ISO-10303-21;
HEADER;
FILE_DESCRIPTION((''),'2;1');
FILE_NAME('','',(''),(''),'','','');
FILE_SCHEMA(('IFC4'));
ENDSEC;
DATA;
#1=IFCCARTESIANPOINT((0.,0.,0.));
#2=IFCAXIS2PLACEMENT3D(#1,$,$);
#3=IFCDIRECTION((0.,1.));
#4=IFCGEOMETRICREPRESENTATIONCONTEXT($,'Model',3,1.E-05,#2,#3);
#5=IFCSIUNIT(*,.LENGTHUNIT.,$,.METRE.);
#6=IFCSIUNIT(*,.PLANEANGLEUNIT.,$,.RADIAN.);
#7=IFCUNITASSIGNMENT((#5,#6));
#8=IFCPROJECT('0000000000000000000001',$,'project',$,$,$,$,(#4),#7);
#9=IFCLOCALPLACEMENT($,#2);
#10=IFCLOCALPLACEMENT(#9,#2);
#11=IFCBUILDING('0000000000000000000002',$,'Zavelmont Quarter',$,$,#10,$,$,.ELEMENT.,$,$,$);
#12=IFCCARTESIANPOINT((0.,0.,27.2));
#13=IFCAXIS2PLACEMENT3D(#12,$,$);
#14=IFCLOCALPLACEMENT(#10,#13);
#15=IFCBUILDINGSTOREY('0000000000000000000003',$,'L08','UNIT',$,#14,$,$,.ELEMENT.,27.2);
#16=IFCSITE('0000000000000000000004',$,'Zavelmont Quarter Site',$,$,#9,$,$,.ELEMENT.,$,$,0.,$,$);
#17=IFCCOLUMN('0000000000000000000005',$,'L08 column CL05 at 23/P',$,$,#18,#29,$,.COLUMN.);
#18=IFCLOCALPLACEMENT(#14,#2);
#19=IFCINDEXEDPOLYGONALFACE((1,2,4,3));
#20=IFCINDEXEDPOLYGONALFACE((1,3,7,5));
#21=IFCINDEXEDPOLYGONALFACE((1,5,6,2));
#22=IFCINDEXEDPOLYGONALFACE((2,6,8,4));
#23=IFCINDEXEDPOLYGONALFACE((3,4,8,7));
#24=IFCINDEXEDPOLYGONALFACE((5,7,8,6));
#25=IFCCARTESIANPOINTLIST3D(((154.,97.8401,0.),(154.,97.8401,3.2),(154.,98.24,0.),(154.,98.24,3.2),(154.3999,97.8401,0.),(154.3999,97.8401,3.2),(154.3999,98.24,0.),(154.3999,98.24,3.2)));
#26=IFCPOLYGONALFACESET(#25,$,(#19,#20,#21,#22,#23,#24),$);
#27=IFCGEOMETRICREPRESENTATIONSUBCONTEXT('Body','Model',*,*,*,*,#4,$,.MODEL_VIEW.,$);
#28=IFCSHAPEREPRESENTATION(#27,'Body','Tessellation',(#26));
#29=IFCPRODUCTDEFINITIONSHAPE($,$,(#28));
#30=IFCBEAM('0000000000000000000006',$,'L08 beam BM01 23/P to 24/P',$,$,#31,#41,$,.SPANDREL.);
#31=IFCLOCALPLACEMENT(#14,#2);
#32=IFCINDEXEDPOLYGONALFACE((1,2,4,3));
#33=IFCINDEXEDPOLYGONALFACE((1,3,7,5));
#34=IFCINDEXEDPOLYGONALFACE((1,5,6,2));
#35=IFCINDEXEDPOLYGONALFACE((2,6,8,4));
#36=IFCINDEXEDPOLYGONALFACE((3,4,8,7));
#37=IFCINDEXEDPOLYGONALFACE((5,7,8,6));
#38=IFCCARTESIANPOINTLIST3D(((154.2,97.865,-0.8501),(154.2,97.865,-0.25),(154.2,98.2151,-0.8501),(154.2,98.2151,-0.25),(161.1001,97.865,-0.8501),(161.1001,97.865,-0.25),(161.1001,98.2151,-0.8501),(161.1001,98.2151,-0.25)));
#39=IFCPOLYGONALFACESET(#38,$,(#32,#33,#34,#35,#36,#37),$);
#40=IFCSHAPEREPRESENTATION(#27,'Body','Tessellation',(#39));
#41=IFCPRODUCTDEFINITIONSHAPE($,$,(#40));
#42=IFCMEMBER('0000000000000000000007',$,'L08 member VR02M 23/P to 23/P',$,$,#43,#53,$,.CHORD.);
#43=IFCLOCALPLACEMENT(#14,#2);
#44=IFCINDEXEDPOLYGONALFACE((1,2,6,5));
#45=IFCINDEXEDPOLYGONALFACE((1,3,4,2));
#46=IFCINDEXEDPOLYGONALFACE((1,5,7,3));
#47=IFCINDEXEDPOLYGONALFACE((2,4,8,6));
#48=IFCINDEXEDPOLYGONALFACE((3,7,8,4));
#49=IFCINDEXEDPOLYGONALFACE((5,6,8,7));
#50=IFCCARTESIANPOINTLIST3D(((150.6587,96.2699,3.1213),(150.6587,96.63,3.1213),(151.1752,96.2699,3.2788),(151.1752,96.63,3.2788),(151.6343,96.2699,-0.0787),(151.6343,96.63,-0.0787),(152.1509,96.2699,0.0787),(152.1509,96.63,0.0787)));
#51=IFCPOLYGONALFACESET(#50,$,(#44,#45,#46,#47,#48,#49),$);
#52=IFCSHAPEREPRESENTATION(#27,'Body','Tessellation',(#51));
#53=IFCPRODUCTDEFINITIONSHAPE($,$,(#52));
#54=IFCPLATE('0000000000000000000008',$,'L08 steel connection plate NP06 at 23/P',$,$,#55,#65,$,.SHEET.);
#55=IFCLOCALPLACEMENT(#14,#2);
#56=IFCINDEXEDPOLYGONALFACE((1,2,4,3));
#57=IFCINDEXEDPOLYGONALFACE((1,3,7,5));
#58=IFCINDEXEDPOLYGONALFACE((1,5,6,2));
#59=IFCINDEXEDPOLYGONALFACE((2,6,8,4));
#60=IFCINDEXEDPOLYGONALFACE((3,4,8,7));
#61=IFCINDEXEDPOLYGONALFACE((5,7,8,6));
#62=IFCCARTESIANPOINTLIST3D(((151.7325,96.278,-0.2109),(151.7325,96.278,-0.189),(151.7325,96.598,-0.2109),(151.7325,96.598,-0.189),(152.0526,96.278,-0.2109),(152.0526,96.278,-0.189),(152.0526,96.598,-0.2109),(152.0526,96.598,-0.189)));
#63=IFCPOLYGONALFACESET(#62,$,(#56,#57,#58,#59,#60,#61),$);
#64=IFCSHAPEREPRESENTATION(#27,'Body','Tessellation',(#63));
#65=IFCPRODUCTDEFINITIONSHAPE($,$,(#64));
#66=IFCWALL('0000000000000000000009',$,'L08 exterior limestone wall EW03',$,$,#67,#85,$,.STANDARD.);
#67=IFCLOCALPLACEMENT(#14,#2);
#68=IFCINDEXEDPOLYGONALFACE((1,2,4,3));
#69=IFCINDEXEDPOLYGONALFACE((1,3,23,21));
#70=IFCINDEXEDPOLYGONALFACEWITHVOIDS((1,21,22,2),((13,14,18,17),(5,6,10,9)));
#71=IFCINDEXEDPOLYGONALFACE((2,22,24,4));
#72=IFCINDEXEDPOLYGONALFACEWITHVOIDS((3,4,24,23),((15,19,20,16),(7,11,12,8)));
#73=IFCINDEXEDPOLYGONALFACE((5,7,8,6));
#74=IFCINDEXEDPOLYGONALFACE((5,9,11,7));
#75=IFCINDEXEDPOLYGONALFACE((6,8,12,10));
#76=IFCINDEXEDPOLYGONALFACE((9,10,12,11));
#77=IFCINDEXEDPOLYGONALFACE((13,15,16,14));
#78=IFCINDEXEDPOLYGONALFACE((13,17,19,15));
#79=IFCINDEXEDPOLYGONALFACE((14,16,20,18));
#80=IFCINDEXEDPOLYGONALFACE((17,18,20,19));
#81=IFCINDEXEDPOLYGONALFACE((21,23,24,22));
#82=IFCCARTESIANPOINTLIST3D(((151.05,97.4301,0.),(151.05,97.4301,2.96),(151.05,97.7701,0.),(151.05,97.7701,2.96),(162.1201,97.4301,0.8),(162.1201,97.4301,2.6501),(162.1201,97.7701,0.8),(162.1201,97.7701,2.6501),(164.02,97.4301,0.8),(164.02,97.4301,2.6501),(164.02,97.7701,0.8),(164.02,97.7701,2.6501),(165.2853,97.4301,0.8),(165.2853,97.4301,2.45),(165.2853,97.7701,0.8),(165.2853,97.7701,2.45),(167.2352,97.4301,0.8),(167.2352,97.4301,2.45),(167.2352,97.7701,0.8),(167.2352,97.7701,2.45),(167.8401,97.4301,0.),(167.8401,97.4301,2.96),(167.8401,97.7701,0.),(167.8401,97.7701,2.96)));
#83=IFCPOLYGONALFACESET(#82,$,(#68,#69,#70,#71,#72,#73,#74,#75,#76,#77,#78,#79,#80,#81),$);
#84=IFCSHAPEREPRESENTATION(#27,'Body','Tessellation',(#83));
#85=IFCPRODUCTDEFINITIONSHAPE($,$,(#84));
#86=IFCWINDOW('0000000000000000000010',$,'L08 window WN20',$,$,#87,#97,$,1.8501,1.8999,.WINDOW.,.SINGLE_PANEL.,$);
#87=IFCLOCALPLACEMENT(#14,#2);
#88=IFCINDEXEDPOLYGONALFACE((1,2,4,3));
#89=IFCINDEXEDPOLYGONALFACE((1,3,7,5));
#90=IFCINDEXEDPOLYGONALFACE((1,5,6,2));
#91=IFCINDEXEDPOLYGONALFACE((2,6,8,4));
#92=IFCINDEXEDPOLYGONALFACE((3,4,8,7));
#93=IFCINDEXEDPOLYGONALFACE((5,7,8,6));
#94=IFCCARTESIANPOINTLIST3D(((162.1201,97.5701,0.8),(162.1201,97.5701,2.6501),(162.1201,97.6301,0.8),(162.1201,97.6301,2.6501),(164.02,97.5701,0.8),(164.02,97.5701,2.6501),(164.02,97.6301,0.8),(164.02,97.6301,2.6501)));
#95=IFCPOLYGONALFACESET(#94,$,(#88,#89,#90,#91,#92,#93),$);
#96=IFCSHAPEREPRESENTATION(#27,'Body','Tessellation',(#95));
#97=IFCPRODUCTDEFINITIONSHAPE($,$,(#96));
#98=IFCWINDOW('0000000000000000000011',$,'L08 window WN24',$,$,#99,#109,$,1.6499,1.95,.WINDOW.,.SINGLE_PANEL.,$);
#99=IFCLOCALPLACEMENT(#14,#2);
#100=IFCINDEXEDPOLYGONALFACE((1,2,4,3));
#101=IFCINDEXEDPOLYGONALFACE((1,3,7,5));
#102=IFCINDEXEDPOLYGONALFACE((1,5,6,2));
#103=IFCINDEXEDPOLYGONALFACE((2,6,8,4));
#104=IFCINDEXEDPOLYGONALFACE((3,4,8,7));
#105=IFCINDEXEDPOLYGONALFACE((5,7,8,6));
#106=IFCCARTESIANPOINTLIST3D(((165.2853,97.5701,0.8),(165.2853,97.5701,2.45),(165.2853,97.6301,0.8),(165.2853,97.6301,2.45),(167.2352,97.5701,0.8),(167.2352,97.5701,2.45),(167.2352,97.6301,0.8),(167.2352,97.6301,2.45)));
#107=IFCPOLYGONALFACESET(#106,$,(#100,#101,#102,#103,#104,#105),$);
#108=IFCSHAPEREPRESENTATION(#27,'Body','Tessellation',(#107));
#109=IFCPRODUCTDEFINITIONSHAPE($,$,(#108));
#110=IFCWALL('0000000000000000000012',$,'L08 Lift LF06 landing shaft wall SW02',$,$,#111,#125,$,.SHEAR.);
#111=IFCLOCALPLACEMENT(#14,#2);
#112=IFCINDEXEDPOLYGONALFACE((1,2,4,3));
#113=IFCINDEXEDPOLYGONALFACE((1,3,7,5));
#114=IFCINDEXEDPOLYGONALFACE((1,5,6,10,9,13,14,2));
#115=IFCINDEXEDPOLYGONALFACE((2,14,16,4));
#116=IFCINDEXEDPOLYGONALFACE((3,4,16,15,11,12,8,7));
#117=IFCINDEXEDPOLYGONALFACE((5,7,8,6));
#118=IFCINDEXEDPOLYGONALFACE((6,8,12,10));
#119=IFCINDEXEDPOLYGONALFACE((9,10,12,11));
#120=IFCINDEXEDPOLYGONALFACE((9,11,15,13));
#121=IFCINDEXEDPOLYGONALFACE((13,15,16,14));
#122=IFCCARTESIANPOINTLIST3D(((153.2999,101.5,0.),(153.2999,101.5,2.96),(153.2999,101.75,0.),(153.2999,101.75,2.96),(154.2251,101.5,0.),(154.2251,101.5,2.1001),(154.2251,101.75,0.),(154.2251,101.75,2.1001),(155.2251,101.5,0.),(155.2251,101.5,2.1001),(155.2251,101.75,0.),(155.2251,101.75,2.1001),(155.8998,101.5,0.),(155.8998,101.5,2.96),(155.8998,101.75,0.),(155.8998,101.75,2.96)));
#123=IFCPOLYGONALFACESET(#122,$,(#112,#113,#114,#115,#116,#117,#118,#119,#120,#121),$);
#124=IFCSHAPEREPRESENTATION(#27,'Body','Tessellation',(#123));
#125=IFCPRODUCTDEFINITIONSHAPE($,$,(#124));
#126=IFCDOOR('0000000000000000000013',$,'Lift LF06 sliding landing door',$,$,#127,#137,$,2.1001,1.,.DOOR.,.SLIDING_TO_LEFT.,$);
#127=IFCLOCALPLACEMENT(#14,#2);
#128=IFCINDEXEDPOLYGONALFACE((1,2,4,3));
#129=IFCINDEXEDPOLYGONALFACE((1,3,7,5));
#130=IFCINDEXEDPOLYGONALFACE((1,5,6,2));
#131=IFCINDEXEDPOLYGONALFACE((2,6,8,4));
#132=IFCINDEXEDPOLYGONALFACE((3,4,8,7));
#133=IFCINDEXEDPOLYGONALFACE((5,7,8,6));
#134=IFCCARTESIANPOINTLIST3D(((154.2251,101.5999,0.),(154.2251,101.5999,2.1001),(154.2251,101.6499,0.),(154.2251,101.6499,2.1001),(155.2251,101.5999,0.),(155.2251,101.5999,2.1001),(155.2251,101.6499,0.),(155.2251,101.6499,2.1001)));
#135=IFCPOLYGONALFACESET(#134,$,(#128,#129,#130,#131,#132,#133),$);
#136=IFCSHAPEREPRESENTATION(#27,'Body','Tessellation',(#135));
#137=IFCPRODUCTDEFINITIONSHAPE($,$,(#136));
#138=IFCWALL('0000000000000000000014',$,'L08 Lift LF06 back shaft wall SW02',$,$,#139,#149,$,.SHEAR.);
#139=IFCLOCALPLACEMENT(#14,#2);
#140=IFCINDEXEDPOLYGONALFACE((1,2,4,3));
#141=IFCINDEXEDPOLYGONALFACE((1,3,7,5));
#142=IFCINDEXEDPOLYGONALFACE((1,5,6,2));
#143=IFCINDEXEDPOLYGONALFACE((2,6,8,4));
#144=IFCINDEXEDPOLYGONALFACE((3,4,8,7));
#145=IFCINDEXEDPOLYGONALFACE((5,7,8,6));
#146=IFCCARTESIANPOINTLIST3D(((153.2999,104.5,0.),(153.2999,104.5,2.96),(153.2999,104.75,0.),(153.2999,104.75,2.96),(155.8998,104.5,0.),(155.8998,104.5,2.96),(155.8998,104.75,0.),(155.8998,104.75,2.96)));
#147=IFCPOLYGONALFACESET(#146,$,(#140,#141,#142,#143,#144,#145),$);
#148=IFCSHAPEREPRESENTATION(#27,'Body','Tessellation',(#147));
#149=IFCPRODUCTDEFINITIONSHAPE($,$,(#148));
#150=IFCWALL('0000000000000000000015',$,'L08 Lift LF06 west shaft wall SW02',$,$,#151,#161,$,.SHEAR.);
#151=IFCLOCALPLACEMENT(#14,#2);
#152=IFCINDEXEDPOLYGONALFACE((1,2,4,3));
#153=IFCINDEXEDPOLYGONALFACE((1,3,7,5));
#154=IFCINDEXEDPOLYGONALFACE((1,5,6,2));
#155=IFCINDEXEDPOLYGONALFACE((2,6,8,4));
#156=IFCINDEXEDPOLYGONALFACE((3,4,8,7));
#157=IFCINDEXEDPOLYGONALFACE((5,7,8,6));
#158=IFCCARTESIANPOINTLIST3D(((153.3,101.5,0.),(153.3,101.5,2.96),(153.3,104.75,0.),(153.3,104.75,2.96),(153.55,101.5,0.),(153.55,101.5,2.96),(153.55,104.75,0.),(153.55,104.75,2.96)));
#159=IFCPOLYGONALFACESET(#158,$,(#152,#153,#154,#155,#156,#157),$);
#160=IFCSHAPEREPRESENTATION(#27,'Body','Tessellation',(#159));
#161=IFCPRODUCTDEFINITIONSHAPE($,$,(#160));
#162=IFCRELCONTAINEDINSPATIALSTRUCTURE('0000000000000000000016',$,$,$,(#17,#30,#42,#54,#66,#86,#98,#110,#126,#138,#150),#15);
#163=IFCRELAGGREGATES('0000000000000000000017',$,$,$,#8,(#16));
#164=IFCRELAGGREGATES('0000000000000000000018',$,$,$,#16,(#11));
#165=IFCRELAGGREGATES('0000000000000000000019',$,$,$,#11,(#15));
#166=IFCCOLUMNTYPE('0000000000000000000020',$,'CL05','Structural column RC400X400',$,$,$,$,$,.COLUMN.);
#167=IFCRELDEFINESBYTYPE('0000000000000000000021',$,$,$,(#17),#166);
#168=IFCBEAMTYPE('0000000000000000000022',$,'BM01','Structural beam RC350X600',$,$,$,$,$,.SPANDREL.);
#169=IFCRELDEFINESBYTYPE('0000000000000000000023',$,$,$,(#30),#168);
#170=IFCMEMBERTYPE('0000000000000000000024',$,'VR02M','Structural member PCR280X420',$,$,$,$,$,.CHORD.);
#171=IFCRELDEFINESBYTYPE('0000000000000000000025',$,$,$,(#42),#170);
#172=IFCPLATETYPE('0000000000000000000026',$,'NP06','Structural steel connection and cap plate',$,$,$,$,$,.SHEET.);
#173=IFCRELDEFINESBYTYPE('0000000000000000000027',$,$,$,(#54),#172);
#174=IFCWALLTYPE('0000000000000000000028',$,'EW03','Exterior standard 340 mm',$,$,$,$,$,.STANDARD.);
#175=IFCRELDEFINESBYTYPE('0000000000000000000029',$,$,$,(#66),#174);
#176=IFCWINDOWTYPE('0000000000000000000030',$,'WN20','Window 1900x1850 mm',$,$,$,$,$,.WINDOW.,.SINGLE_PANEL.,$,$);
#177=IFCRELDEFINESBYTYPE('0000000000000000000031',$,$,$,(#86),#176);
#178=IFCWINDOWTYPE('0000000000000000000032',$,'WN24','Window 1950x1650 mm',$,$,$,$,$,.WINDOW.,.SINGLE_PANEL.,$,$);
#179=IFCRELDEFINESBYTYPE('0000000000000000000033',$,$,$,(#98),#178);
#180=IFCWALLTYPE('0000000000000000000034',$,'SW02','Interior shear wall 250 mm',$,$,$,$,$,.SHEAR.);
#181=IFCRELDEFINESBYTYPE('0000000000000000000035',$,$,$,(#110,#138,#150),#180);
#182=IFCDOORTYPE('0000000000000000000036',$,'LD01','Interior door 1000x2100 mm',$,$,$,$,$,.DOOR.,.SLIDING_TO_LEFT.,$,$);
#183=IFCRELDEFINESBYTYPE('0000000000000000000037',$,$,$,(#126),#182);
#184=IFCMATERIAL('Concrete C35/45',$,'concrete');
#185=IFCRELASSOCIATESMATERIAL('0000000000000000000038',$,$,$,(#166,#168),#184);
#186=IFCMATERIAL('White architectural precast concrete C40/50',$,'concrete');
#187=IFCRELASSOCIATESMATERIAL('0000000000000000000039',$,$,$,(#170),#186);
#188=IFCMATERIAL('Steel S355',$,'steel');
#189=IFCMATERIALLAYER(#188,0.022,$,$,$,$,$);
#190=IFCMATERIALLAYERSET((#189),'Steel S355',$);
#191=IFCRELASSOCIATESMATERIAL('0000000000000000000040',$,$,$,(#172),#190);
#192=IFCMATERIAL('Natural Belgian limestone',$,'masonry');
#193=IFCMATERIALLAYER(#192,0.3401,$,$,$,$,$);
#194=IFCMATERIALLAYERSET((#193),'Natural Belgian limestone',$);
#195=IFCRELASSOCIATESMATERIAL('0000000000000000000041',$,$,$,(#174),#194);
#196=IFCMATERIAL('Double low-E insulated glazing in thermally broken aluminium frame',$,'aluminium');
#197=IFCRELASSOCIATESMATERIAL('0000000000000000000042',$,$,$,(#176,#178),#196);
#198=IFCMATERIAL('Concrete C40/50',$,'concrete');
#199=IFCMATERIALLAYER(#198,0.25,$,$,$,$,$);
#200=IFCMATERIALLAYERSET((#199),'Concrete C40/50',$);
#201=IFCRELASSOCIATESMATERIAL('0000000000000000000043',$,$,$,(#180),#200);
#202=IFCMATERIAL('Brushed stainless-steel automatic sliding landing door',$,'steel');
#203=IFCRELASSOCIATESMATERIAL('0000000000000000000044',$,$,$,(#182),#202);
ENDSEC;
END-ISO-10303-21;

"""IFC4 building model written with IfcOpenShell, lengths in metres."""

from ifc_helpers import new_model, si_unit, direction, frame, frame_2d, origin, origin_with_axes, origin_2d, place, context, subcontext, project, spatial, rectangle, extrude, material, layer, layer_set, material_profile, profile_set, type_object, element, fill, save


model = new_model("IFC4")

# Units and contexts
model_context = context("Model", 3, precision=1e-05, world=origin(), true_north=direction((0.0, 1.0)))
body_context = subcontext(model_context, "Body", "Model", "MODEL_VIEW")
ifc_project = project(units=[si_unit("LENGTHUNIT", "METRE"), si_unit("PLANEANGLEUNIT", "RADIAN")], contexts=[model_context])

# Site, building, storey
site_placement = place(None, origin())
site = spatial("IfcSite", under=ifc_project, at=site_placement, Name="Zavelmont Quarter Site", CompositionType="ELEMENT", RefElevation=0.0)
building_placement = place(site_placement, origin())
building = spatial("IfcBuilding", under=site, at=building_placement, Name="Zavelmont Quarter", CompositionType="ELEMENT")
storey_placement = place(building_placement, frame((0.0, 0.0, 27.2)))
storey = spatial("IfcBuildingStorey", under=building, at=storey_placement, Name="L08", Description="UNIT", CompositionType="ELEMENT", Elevation=27.2)

# Column
ifc_material_1 = material(Name="Concrete C35/45", Category="concrete")
ifc_material_profile_1 = material_profile(ifc_material_1, rectangle(XDim=0.3999, YDim=0.3999, at=origin_2d()), Name="RC400X400")
ifc_profile_set_1 = profile_set([ifc_material_profile_1], Name="Concrete C35/45")
column_type = type_object("IfcColumnType", Name="CL05", Description="Structural column RC400X400", PredefinedType="COLUMN", material=ifc_profile_set_1)
column_placement = place(storey_placement, frame((154.2, 98.04, 0.0), z_axis=(0.0, 0.0, 1.0), x_axis=(1.0, 0.0, 0.0)))
element("IfcColumn", 1, at=column_placement, inside=storey, type_object=column_type, Name="L08 column CL05 at 23/P", PredefinedType="COLUMN", context=body_context, shape_type="SweptSolid", body=[
    extrude(rectangle(XDim=0.3999, YDim=0.3999, at=origin_2d()), origin(), (0.0, 0.0, 1.0), 3.2),
])

# Beam
ifc_material_profile_2 = material_profile(ifc_material_1, rectangle(XDim=0.3501, YDim=0.6001, at=origin_2d()), Name="RC350X600")
ifc_profile_set_2 = profile_set([ifc_material_profile_2], Name="Concrete C35/45")
beam_type = type_object("IfcBeamType", Name="BM01", Description="Structural beam RC350X600", PredefinedType="SPANDREL", material=ifc_profile_set_2)
beam_placement = place(storey_placement, frame((154.2, 98.04, -0.55), z_axis=(1.0, 0.0, 0.0), x_axis=(0.0, 1.0, 0.0)))
element("IfcBeam", 2, at=beam_placement, inside=storey, type_object=beam_type, Name="L08 beam BM01 23/P to 24/P", PredefinedType="SPANDREL", context=body_context, shape_type="SweptSolid", body=[
    extrude(rectangle(XDim=0.3501, YDim=0.6001, at=origin_2d()), origin(), (0.0, 0.0, 1.0), 6.9001),
])

# Member
ifc_material_2 = material(Name="White architectural precast concrete C40/50", Category="concrete")
ifc_material_profile_3 = material_profile(ifc_material_2, rectangle(XDim=0.3601, YDim=0.54, at=origin_2d()), Name="PCR280X420")
ifc_profile_set_3 = profile_set([ifc_material_profile_3], Name="White architectural precast concrete C40/50")
member_type = type_object("IfcMemberType", Name="VR02M", Description="Structural member PCR280X420", PredefinedType="CHORD", material=ifc_profile_set_3)
member_placement = place(storey_placement, frame((151.8926, 96.45, 0.0), z_axis=(-0.291623, 0.0, 0.956533), x_axis=(0.0, -1.0, 0.0)))
element("IfcMember", 3, at=member_placement, inside=storey, type_object=member_type, Name="L08 member VR02M 23/P to 23/P", PredefinedType="CHORD", context=body_context, shape_type="SweptSolid", body=[
    extrude(rectangle(XDim=0.3601, YDim=0.54, at=origin_2d()), origin(), (0.0, 0.0, 1.0), 3.3455),
])

# Plate
ifc_material_3 = material(Name="Steel S355", Category="steel")
ifc_layer_1 = layer(ifc_material_3, 0.022)
ifc_layer_set_1 = layer_set([ifc_layer_1], Name="Steel S355")
plate_type = type_object("IfcPlateType", Name="NP06", Description="Structural steel connection and cap plate", PredefinedType="SHEET", material=ifc_layer_set_1)
plate_placement = place(storey_placement, frame((151.8926, 96.438, -0.2109), z_axis=(0.0, 0.0, 1.0), x_axis=(1.0, 0.0, 0.0)))
element("IfcPlate", 4, at=plate_placement, inside=storey, type_object=plate_type, Name="L08 steel connection plate NP06 at 23/P", PredefinedType="SHEET", context=body_context, shape_type="SweptSolid", body=[
    extrude(rectangle(XDim=0.3201, YDim=0.3201, at=origin_2d()), origin(), (0.0, 0.0, 1.0), 0.022),
])

# Wall, openings, windows
ifc_material_4 = material(Name="Natural Belgian limestone", Category="masonry")
ifc_layer_2 = layer(ifc_material_4, 0.3401)
ifc_layer_set_2 = layer_set([ifc_layer_2], Name="Natural Belgian limestone")
wall_type_1 = type_object("IfcWallType", Name="EW03", Description="Exterior standard 340 mm", PredefinedType="STANDARD", material=ifc_layer_set_2)
wall_1_placement = place(storey_placement, frame((151.05, 97.6001, 0.0), z_axis=(0.0, 0.0, 1.0), x_axis=(1.0, 0.0, 0.0)))
wall_1 = element("IfcWall", 5, at=wall_1_placement, inside=storey, type_object=wall_type_1, Name="L08 exterior limestone wall EW03", PredefinedType="STANDARD", context=body_context, shape_type="SweptSolid", body=[
    extrude(rectangle(XDim=16.79, YDim=0.3401, at=frame_2d((8.395, 0.0))), origin(), (0.0, 0.0, 1.0), 2.96),
])
opening_1_placement = place(wall_1_placement, frame((11.0701, 0.0, 0.8)))
opening_1 = element("IfcOpeningElement", 6, at=opening_1_placement, cuts=wall_1, PredefinedType="OPENING", context=body_context, shape_type="SweptSolid", body=[
    extrude(rectangle(XDim=1.8999, YDim=1.8501, at=frame_2d((0.95, 0.925))), frame((0.0, 0.1821, 0.0), z_axis=(0.0, -1.0, 0.0), x_axis=(1.0, 0.0, 0.0)), (0.0, 0.0, 1.0), 0.364),
])
opening_2_placement = place(wall_1_placement, frame((14.2351, 0.0, 0.8)))
opening_2 = element("IfcOpeningElement", 7, at=opening_2_placement, cuts=wall_1, PredefinedType="OPENING", context=body_context, shape_type="SweptSolid", body=[
    extrude(rectangle(XDim=1.95, YDim=1.6499, at=frame_2d((0.9751, 0.825))), frame((0.0, 0.1821, 0.0), z_axis=(0.0, -1.0, 0.0), x_axis=(1.0, 0.0, 0.0)), (0.0, 0.0, 1.0), 0.364),
])
ifc_material_5 = material(Name="Double low-E insulated glazing in thermally broken aluminium frame", Category="aluminium")
window_type_1 = type_object("IfcWindowType", Name="WN20", Description="Window 1900x1850 mm", PartitioningType="SINGLE_PANEL", PredefinedType="WINDOW", material=ifc_material_5)
window_1_placement = place(opening_1_placement, origin_with_axes())
window_1 = element("IfcWindow", 8, at=window_1_placement, inside=storey, type_object=window_type_1, Name="L08 window WN20", OverallHeight=1.8501, OverallWidth=1.8999, PartitioningType="SINGLE_PANEL", PredefinedType="WINDOW", context=body_context, shape_type="SweptSolid", body=[
    extrude(rectangle(XDim=1.8999, YDim=1.8501, at=frame_2d((0.95, 0.925))), frame((0.0, 0.03, 0.0), z_axis=(0.0, -1.0, 0.0), x_axis=(1.0, 0.0, 0.0)), (0.0, 0.0, 1.0), 0.0601),
])
fill(opening_1, window_1)
window_type_2 = type_object("IfcWindowType", Name="WN24", Description="Window 1950x1650 mm", PartitioningType="SINGLE_PANEL", PredefinedType="WINDOW", material=ifc_material_5)
window_2_placement = place(opening_2_placement, origin_with_axes())
window_2 = element("IfcWindow", 9, at=window_2_placement, inside=storey, type_object=window_type_2, Name="L08 window WN24", OverallHeight=1.6499, OverallWidth=1.95, PartitioningType="SINGLE_PANEL", PredefinedType="WINDOW", context=body_context, shape_type="SweptSolid", body=[
    extrude(rectangle(XDim=1.95, YDim=1.6499, at=frame_2d((0.9751, 0.825))), frame((0.0, 0.03, 0.0), z_axis=(0.0, -1.0, 0.0), x_axis=(1.0, 0.0, 0.0)), (0.0, 0.0, 1.0), 0.0601),
])
fill(opening_2, window_2)

# Wall, opening, door
ifc_material_6 = material(Name="Concrete C40/50", Category="concrete")
ifc_layer_3 = layer(ifc_material_6, 0.25)
ifc_layer_set_3 = layer_set([ifc_layer_3], Name="Concrete C40/50")
wall_type_2 = type_object("IfcWallType", Name="SW02", Description="Interior shear wall 250 mm", PredefinedType="SHEAR", material=ifc_layer_set_3)
wall_2_placement = place(storey_placement, frame((153.3, 101.625, 0.0), z_axis=(0.0, 0.0, 1.0), x_axis=(1.0, 0.0, 0.0)))
wall_2 = element("IfcWall", 10, at=wall_2_placement, inside=storey, type_object=wall_type_2, Name="L08 Lift LF06 landing shaft wall SW02", PredefinedType="SHEAR", context=body_context, shape_type="SweptSolid", body=[
    extrude(rectangle(XDim=2.5999, YDim=0.25, at=frame_2d((1.2998, 0.0))), origin(), (0.0, 0.0, 1.0), 2.96),
])
opening_3_placement = place(wall_2_placement, frame((0.925, 0.0, 0.0)))
opening_3 = element("IfcOpeningElement", 11, at=opening_3_placement, cuts=wall_2, PredefinedType="OPENING", context=body_context, shape_type="SweptSolid", body=[
    extrude(rectangle(XDim=1.0, YDim=2.1001, at=frame_2d((0.5, 1.05))), frame((0.0, 0.137, 0.0), z_axis=(0.0, -1.0, 0.0), x_axis=(1.0, 0.0, 0.0)), (0.0, 0.0, 1.0), 0.2739),
])
ifc_material_7 = material(Name="Brushed stainless-steel automatic sliding landing door", Category="steel")
door_type_1 = type_object("IfcDoorType", Name="LD01", Description="Interior door 1000x2100 mm", OperationType="SLIDING_TO_LEFT", PredefinedType="DOOR", material=ifc_material_7)
door_1_placement = place(opening_3_placement, origin_with_axes())
door_1 = element("IfcDoor", 12, at=door_1_placement, inside=storey, type_object=door_type_1, Name="Lift LF06 sliding landing door", OperationType="SLIDING_TO_LEFT", OverallHeight=2.1001, OverallWidth=1.0, PredefinedType="DOOR", context=body_context, shape_type="SweptSolid", body=[
    extrude(rectangle(XDim=1.0, YDim=2.1001, at=frame_2d((0.5, 1.05))), frame((0.0, 0.0249, 0.0), z_axis=(0.0, -1.0, 0.0), x_axis=(1.0, 0.0, 0.0)), (0.0, 0.0, 1.0), 0.05),
])
fill(opening_3, door_1)

# Walls
wall_3_placement = place(storey_placement, frame((153.3, 104.625, 0.0), z_axis=(0.0, 0.0, 1.0), x_axis=(1.0, 0.0, 0.0)))
element("IfcWall", 13, at=wall_3_placement, inside=storey, type_object=wall_type_2, Name="L08 Lift LF06 back shaft wall SW02", PredefinedType="SHEAR", context=body_context, shape_type="SweptSolid", body=[
    extrude(rectangle(XDim=2.5999, YDim=0.25, at=frame_2d((1.2998, 0.0))), origin(), (0.0, 0.0, 1.0), 2.96),
])
wall_4_placement = place(storey_placement, frame((153.425, 101.5, 0.0), z_axis=(0.0, 0.0, 1.0), x_axis=(0.0, 1.0, 0.0)))
element("IfcWall", 14, at=wall_4_placement, inside=storey, type_object=wall_type_2, Name="L08 Lift LF06 west shaft wall SW02", PredefinedType="SHEAR", context=body_context, shape_type="SweptSolid", body=[
    extrude(rectangle(XDim=3.25, YDim=0.25, at=frame_2d((1.625, 0.0))), origin(), (0.0, 0.0, 1.0), 2.96),
])

save(model, "model.ifc")
